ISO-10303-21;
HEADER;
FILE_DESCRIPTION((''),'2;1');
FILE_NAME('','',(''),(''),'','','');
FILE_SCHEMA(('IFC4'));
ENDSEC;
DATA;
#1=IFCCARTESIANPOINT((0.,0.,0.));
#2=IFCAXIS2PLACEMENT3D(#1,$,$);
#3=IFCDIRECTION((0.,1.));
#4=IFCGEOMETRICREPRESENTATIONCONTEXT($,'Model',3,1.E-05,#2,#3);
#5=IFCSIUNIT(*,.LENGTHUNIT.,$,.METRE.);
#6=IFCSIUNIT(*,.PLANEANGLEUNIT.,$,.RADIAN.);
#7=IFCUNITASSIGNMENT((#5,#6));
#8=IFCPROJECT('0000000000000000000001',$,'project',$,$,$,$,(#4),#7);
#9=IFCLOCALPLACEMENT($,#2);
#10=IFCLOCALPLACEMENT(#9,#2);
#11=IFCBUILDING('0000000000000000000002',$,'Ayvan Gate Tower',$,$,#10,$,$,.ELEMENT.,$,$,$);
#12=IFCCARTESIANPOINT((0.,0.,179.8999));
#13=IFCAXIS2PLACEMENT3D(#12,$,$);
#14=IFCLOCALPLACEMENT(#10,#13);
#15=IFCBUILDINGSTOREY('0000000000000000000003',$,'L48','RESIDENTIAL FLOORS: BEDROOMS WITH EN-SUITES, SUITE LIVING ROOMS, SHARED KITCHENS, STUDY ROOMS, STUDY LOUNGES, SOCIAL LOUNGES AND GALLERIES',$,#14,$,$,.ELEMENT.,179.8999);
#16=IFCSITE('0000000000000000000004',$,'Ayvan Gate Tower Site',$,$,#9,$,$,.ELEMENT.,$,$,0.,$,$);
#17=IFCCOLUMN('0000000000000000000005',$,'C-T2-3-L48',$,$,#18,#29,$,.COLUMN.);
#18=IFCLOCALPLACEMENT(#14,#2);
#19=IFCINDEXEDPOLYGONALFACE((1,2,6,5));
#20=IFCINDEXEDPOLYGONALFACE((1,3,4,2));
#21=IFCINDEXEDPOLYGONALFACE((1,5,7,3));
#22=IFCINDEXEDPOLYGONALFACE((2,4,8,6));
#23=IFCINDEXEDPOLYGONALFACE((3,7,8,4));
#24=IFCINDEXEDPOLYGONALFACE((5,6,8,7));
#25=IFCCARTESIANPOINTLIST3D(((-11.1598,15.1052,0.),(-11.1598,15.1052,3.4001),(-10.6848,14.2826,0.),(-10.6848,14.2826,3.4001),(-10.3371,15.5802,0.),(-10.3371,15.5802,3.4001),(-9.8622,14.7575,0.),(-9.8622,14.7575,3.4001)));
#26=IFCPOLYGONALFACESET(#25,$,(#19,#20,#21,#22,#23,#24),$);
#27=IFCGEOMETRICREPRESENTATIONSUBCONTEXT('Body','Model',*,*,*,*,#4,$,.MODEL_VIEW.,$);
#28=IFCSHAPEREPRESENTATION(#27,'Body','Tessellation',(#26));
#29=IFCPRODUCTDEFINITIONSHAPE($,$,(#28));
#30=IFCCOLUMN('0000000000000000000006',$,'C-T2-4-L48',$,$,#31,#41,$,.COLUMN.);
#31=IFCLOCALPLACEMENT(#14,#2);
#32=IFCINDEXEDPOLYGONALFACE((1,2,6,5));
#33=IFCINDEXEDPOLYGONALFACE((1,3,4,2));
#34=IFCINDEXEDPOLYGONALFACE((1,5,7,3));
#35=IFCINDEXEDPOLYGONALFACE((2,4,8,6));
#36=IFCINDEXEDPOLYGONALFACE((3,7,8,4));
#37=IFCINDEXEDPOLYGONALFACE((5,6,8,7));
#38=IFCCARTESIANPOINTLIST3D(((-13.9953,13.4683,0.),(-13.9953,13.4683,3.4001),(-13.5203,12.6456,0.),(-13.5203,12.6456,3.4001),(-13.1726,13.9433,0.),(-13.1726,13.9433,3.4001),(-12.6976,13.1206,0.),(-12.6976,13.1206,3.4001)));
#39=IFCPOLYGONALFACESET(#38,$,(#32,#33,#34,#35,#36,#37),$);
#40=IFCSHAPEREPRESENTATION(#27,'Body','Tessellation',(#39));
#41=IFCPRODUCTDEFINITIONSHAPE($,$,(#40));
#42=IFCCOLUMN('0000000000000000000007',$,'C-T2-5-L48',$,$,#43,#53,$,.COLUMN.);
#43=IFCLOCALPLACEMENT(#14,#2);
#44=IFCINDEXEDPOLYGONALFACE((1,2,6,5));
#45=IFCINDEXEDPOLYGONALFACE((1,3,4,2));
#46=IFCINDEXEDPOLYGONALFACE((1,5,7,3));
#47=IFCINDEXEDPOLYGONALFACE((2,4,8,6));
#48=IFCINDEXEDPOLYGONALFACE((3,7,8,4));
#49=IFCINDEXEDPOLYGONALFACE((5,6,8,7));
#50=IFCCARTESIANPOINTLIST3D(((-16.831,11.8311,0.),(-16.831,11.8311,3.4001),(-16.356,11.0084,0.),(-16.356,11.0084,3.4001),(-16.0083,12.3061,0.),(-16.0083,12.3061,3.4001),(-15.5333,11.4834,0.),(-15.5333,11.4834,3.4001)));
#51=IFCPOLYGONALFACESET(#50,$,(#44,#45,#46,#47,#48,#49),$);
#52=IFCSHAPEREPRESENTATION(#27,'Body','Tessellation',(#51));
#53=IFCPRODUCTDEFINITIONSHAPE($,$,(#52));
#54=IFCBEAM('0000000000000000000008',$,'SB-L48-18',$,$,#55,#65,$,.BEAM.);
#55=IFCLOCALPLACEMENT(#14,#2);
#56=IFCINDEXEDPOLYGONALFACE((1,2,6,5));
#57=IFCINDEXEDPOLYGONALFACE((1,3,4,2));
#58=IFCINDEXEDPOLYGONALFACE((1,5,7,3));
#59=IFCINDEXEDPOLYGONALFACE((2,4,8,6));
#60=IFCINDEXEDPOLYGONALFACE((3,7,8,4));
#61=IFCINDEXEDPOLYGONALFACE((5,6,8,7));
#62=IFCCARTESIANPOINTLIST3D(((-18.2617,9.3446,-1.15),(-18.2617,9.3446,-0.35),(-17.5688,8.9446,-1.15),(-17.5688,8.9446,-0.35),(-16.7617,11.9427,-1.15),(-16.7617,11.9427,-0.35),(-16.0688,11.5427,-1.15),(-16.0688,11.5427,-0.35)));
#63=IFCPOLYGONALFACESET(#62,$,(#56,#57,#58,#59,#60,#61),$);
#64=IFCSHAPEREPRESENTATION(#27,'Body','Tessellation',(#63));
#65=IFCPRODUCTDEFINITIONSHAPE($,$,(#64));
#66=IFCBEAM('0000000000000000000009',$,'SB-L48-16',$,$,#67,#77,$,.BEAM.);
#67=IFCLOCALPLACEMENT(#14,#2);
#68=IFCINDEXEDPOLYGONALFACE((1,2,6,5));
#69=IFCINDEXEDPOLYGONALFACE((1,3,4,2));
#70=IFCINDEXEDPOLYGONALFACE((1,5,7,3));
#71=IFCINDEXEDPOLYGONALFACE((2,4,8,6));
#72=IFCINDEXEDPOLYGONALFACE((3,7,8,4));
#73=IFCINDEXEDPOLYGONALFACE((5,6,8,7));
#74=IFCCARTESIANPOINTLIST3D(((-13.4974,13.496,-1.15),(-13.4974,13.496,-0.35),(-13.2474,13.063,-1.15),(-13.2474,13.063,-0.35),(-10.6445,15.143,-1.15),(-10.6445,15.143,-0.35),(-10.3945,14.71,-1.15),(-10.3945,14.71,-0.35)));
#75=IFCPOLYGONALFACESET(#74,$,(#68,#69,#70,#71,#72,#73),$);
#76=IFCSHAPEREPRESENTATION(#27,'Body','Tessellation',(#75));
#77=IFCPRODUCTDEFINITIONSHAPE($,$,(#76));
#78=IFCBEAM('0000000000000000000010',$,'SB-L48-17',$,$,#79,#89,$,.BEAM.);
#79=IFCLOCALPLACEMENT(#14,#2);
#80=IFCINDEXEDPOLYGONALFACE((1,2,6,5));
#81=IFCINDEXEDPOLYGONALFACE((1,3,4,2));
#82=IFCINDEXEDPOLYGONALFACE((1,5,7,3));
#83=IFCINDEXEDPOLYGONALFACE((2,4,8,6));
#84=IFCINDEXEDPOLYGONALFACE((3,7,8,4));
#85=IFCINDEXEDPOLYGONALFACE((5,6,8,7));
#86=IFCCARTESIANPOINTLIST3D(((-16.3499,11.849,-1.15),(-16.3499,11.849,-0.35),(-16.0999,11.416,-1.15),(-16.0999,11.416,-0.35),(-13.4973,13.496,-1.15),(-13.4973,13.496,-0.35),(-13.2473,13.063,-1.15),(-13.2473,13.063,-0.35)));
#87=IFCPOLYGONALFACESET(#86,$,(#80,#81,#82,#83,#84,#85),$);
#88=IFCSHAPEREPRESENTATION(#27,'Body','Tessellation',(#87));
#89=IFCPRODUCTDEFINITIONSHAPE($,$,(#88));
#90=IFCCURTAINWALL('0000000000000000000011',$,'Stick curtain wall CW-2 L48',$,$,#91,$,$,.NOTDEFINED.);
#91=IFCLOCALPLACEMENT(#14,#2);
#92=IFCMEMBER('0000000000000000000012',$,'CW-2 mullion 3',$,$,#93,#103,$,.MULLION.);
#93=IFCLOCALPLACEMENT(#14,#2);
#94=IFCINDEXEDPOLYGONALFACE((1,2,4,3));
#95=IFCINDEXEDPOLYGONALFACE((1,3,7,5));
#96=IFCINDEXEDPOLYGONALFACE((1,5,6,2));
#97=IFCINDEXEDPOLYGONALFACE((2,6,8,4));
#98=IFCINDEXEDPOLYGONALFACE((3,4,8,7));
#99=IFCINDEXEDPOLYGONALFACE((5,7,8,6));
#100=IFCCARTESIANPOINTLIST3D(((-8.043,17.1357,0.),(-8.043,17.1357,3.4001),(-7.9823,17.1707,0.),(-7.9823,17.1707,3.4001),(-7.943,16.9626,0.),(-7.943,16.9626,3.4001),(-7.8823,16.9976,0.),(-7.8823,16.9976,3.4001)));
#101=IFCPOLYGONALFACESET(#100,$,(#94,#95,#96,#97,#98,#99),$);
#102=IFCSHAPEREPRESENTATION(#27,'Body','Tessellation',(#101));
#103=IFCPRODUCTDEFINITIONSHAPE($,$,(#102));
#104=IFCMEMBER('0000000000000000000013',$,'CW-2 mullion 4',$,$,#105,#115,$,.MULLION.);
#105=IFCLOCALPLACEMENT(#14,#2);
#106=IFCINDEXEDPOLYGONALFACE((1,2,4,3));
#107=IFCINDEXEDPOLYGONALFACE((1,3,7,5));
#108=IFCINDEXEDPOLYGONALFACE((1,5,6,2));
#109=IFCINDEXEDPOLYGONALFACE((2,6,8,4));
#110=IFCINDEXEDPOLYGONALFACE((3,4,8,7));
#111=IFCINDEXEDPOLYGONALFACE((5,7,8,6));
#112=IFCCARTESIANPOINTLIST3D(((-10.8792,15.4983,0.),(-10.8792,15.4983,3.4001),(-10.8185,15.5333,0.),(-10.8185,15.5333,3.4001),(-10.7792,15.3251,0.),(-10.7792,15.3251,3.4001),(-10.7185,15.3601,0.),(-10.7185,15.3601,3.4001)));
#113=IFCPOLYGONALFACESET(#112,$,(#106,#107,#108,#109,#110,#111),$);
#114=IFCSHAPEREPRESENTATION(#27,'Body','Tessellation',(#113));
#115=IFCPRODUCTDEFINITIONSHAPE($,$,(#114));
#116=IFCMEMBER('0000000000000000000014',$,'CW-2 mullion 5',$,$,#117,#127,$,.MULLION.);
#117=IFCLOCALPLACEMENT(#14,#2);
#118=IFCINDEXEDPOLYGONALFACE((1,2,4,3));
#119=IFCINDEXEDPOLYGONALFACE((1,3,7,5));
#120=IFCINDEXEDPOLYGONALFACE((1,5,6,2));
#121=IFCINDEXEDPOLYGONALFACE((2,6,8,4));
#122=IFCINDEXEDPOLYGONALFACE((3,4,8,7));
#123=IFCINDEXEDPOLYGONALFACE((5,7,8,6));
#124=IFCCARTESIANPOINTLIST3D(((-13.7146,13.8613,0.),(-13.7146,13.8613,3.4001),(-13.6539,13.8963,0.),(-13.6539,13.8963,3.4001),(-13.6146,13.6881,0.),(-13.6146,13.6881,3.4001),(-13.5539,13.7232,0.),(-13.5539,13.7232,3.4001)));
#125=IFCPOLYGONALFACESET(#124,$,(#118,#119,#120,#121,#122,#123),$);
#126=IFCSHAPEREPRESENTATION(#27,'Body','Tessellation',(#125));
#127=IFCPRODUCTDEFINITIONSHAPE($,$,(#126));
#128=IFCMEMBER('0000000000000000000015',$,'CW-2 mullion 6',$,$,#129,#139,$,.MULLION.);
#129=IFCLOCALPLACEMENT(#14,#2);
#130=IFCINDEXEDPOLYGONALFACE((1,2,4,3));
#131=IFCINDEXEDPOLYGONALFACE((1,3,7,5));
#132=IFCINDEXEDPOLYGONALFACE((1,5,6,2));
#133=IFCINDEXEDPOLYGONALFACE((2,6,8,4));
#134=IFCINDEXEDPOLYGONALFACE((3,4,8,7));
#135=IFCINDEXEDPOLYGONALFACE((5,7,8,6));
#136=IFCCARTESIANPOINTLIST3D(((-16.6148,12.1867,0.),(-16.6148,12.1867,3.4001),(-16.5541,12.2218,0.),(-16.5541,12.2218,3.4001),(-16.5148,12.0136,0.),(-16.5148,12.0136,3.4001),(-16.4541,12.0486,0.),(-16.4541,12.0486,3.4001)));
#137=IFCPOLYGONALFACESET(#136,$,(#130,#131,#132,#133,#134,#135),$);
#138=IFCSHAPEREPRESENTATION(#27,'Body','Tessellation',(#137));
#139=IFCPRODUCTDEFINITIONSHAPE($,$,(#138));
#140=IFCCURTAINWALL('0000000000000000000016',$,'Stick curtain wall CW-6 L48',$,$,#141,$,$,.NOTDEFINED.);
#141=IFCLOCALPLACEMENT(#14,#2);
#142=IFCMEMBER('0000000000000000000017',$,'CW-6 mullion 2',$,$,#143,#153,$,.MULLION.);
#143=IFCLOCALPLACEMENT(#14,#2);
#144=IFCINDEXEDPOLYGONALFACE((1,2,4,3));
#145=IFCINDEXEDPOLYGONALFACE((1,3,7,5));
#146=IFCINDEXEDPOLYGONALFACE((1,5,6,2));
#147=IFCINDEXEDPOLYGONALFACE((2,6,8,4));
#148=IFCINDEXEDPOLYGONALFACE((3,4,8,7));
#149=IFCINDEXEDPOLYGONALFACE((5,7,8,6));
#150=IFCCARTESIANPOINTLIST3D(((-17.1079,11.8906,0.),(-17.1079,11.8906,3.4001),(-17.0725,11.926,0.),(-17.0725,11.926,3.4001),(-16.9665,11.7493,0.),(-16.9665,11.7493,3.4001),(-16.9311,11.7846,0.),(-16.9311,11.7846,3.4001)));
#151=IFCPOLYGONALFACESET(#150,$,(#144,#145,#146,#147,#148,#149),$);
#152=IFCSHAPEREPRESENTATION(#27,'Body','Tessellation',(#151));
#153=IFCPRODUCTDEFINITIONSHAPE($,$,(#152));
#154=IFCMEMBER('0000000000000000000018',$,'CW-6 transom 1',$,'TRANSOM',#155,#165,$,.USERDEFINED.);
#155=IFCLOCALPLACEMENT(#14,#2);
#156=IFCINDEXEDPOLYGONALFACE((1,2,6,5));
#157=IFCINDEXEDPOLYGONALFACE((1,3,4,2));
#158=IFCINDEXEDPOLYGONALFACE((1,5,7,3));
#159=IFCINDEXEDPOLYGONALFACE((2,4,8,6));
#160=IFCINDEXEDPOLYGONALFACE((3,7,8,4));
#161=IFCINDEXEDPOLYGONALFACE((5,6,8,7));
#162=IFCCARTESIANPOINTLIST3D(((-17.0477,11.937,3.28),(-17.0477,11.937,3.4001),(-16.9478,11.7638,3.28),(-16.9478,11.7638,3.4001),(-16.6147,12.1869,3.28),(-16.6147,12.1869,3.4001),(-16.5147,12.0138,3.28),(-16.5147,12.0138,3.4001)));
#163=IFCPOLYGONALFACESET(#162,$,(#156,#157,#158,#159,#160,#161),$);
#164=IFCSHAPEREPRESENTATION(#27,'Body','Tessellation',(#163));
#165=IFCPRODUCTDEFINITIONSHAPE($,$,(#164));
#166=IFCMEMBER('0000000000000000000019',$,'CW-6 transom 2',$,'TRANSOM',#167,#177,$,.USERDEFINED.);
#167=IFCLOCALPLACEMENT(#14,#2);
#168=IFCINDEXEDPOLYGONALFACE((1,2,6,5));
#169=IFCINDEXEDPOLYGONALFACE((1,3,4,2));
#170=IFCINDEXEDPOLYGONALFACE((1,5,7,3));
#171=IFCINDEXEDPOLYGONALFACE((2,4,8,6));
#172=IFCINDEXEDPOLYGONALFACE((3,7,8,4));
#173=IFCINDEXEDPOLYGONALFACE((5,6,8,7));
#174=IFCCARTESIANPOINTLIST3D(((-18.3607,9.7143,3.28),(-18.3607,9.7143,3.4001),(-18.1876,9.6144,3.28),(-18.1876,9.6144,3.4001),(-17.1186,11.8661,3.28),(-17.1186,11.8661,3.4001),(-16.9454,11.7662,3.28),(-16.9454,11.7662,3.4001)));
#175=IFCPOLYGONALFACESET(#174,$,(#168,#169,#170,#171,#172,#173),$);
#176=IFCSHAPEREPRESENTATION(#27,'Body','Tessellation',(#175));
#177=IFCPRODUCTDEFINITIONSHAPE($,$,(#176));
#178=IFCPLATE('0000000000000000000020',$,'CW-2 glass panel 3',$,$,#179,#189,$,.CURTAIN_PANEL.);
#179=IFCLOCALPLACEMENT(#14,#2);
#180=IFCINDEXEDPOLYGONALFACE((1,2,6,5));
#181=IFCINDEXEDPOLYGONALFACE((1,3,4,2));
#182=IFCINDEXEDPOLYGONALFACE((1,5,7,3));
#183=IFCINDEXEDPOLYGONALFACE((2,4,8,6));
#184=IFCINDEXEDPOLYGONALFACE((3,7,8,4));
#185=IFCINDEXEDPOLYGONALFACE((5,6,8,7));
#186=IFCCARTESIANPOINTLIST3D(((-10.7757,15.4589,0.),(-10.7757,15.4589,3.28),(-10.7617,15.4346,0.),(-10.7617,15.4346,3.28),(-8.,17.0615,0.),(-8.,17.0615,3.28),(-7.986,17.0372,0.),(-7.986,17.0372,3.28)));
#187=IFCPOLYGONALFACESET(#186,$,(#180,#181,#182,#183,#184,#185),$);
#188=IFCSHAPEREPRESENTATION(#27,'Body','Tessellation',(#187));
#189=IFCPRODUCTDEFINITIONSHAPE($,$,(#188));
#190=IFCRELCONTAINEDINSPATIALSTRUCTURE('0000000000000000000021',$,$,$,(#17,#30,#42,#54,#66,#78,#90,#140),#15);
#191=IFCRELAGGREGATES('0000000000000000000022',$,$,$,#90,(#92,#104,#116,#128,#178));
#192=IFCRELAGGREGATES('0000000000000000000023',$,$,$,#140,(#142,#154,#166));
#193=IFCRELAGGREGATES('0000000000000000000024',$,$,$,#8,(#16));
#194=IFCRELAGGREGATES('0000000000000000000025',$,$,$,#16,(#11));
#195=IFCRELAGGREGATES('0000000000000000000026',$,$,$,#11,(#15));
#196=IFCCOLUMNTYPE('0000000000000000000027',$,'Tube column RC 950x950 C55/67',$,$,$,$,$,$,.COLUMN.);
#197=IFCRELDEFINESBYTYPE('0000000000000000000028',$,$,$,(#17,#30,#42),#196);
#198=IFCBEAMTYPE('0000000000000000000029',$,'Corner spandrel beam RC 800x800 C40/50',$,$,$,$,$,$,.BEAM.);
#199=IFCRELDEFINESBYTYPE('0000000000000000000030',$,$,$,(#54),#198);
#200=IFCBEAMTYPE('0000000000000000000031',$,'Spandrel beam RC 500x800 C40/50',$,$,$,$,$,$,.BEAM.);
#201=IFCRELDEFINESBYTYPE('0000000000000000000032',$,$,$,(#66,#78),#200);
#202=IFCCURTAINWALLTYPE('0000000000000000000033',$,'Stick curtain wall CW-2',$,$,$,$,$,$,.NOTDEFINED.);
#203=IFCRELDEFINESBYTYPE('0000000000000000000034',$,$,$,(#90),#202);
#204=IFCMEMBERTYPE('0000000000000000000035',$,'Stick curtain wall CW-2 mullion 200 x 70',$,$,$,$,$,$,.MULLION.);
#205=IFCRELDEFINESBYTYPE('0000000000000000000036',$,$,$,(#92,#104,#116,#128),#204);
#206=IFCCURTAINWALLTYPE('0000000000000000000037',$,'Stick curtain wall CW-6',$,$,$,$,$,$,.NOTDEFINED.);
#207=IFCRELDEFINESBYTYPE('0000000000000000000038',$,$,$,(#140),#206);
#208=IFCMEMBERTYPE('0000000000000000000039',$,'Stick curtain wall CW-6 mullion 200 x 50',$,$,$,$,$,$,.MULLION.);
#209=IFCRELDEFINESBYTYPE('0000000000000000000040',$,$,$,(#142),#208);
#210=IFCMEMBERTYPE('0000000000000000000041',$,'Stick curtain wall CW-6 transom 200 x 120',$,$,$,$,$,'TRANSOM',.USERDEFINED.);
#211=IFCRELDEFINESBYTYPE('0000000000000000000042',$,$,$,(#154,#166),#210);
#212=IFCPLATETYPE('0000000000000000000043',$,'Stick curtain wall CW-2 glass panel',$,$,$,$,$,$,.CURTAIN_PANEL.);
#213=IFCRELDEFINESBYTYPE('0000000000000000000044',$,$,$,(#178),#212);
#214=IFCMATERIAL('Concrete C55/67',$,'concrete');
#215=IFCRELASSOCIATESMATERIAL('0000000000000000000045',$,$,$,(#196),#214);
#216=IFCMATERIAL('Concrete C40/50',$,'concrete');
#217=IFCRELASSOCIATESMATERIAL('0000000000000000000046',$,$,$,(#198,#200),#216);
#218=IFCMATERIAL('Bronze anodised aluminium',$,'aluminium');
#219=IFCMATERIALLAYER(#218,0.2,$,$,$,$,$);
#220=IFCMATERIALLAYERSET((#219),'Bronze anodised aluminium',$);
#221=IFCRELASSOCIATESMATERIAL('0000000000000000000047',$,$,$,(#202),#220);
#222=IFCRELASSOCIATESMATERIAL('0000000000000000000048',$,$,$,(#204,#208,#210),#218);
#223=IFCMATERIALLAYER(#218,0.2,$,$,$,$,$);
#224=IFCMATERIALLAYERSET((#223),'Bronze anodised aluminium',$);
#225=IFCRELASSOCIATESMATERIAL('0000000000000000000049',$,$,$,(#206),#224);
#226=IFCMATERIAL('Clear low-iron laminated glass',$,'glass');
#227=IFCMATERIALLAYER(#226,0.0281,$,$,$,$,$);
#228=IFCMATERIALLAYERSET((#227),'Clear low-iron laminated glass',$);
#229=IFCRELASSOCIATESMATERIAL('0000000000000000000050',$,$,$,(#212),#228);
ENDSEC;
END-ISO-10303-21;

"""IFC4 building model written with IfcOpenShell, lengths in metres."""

from ifc_helpers import new_model, si_unit, direction, frame, origin, origin_2d, place, context, subcontext, project, spatial, rectangle, extrude, material, layer, layer_set, material_profile, profile_set, type_object, element, aggregate, save


model = new_model("IFC4")

# Units and contexts
model_context = context("Model", 3, precision=1e-05, world=origin(), true_north=direction((0.0, 1.0)))
body_context = subcontext(model_context, "Body", "Model", "MODEL_VIEW")
ifc_project = project(units=[si_unit("LENGTHUNIT", "METRE"), si_unit("PLANEANGLEUNIT", "RADIAN")], contexts=[model_context])

# Site, building, storey
site_placement = place(None, origin())
site = spatial("IfcSite", under=ifc_project, at=site_placement, Name="Ayvan Gate Tower Site", CompositionType="ELEMENT", RefElevation=0.0)
building_placement = place(site_placement, origin())
building = spatial("IfcBuilding", under=site, at=building_placement, Name="Ayvan Gate Tower", CompositionType="ELEMENT")
storey_placement = place(building_placement, frame((0.0, 0.0, 179.8999)))
storey = spatial("IfcBuildingStorey", under=building, at=storey_placement, Name="L48", Description="RESIDENTIAL FLOORS: BEDROOMS WITH EN-SUITES, SUITE LIVING ROOMS, SHARED KITCHENS, STUDY ROOMS, STUDY LOUNGES, SOCIAL LOUNGES AND GALLERIES", CompositionType="ELEMENT", Elevation=179.8999)

# Columns
ifc_material_1 = material(Name="Concrete C55/67", Category="concrete")
ifc_material_profile_1 = material_profile(ifc_material_1, rectangle(XDim=0.95, YDim=0.95, at=origin_2d()), Name="RC 950x950")
ifc_profile_set_1 = profile_set([ifc_material_profile_1], Name="Concrete C55/67")
column_type = type_object("IfcColumnType", Name="Tube column RC 950x950 C55/67", PredefinedType="COLUMN", material=ifc_profile_set_1)
for number, where, z_axis, x_axis, name in (
    (1, (-10.511, 14.9314, 0.0), (0.0, 0.0, 1.0), (-0.5, 0.866025, 0.0), "C-T2-3-L48"),
    (2, (-13.3464, 13.2944, 0.0), (0.0, 0.0, 1.0), (-0.5, 0.866025, 0.0), "C-T2-4-L48"),
    (3, (-16.1821, 11.6572, 0.0), (0.0, 0.0, 1.0), (-0.5, 0.866025, 0.0), "C-T2-5-L48"),
):
    element("IfcColumn", number, at=place(storey_placement, frame(where, z_axis=z_axis, x_axis=x_axis)), inside=storey, type_object=column_type, Name=name, PredefinedType="COLUMN", context=body_context, shape_type="SweptSolid", body=[
        extrude(rectangle(XDim=0.95, YDim=0.95, at=origin_2d()), origin(), (0.0, 0.0, 1.0), 3.4001),
    ])

# Beams
ifc_material_2 = material(Name="Concrete C40/50", Category="concrete")
ifc_material_profile_2 = material_profile(ifc_material_2, rectangle(XDim=0.8, YDim=0.8, at=origin_2d()), Name="RC 800x800")
ifc_profile_set_2 = profile_set([ifc_material_profile_2], Name="Concrete C40/50")
beam_type_1 = type_object("IfcBeamType", Name="Corner spandrel beam RC 800x800 C40/50", PredefinedType="BEAM", material=ifc_profile_set_2)
beam_1_placement = place(storey_placement, frame((-16.4153, 11.7427, -0.75), z_axis=(-0.49999, -0.866031, 0.0), x_axis=(0.866031, -0.49999, 0.0)))
element("IfcBeam", 4, at=beam_1_placement, inside=storey, type_object=beam_type_1, Name="SB-L48-18", PredefinedType="BEAM", context=body_context, shape_type="SweptSolid", body=[
    extrude(rectangle(XDim=0.8, YDim=0.8, at=origin_2d()), origin(), (0.0, 0.0, 1.0), 3.0),
])
ifc_material_profile_3 = material_profile(ifc_material_2, rectangle(XDim=0.5, YDim=0.8, at=origin_2d()), Name="RC 500x800")
ifc_profile_set_3 = profile_set([ifc_material_profile_3], Name="Concrete C40/50")
beam_type_2 = type_object("IfcBeamType", Name="Spandrel beam RC 500x800 C40/50", PredefinedType="BEAM", material=ifc_profile_set_3)
beam_2_placement = place(storey_placement, frame((-10.5195, 14.9265, -0.75), z_axis=(-0.866036, -0.499981, 0.0), x_axis=(0.499981, -0.866036, 0.0)))
element("IfcBeam", 5, at=beam_2_placement, inside=storey, type_object=beam_type_2, Name="SB-L48-16", PredefinedType="BEAM", context=body_context, shape_type="SweptSolid", body=[
    extrude(rectangle(XDim=0.5, YDim=0.8, at=origin_2d()), origin(), (0.0, 0.0, 1.0), 3.2942),
])
beam_3_placement = place(storey_placement, frame((-13.3723, 13.2795, -0.75), z_axis=(-0.866018, -0.500013, 0.0), x_axis=(0.500013, -0.866018, 0.0)))
element("IfcBeam", 6, at=beam_3_placement, inside=storey, type_object=beam_type_2, Name="SB-L48-17", PredefinedType="BEAM", context=body_context, shape_type="SweptSolid", body=[
    extrude(rectangle(XDim=0.5, YDim=0.8, at=origin_2d()), origin(), (0.0, 0.0, 1.0), 3.2939),
])

# Curtain walls, members
ifc_material_3 = material(Name="Bronze anodised aluminium", Category="aluminium")
ifc_layer_1 = layer(ifc_material_3, 0.2)
ifc_layer_set_1 = layer_set([ifc_layer_1], Name="Bronze anodised aluminium")
curtain_wall_type_1 = type_object("IfcCurtainWallType", Name="Stick curtain wall CW-2", PredefinedType="NOTDEFINED", material=ifc_layer_set_1)
curtain_wall_1_placement = place(storey_placement, origin())
curtain_wall_1 = element("IfcCurtainWall", 7, at=curtain_wall_1_placement, inside=storey, type_object=curtain_wall_type_1, Name="Stick curtain wall CW-2 L48", PredefinedType="NOTDEFINED")
ifc_material_profile_4 = material_profile(ifc_material_3, rectangle(XDim=0.2, YDim=0.0701, at=origin_2d()), Name="Stick curtain wall CW-2 mullion 200 x 70")
ifc_profile_set_4 = profile_set([ifc_material_profile_4], Name="Bronze anodised aluminium")
member_type_1 = type_object("IfcMemberType", Name="Stick curtain wall CW-2 mullion 200 x 70", PredefinedType="MULLION", material=ifc_profile_set_4)
member_1_placement = place(storey_placement, frame((-7.9626, 17.0667, 0.0), z_axis=(0.0, 0.0, 1.0), x_axis=(-0.5, 0.866025, 0.0)))
member_1 = element("IfcMember", 8, at=member_1_placement, type_object=member_type_1, Name="CW-2 mullion 3", PredefinedType="MULLION", context=body_context, shape_type="SweptSolid", body=[
    extrude(rectangle(XDim=0.2, YDim=0.0701, at=origin_2d()), origin(), (0.0, 0.0, 1.0), 3.4001),
])
member_2_placement = place(storey_placement, frame((-10.7988, 15.4292, 0.0), z_axis=(0.0, 0.0, 1.0), x_axis=(-0.5, 0.866025, 0.0)))
member_2 = element("IfcMember", 9, at=member_2_placement, type_object=member_type_1, Name="CW-2 mullion 4", PredefinedType="MULLION", context=body_context, shape_type="SweptSolid", body=[
    extrude(rectangle(XDim=0.2, YDim=0.0701, at=origin_2d()), origin(), (0.0, 0.0, 1.0), 3.4001),
])
member_3_placement = place(storey_placement, frame((-13.6343, 13.7922, 0.0), z_axis=(0.0, 0.0, 1.0), x_axis=(-0.5, 0.866025, 0.0)))
member_3 = element("IfcMember", 10, at=member_3_placement, type_object=member_type_1, Name="CW-2 mullion 5", PredefinedType="MULLION", context=body_context, shape_type="SweptSolid", body=[
    extrude(rectangle(XDim=0.2, YDim=0.0701, at=origin_2d()), origin(), (0.0, 0.0, 1.0), 3.4001),
])
member_4_placement = place(storey_placement, frame((-16.5344, 12.1177, 0.0), z_axis=(0.0, 0.0, 1.0), x_axis=(-0.5, 0.866025, 0.0)))
member_4 = element("IfcMember", 11, at=member_4_placement, type_object=member_type_1, Name="CW-2 mullion 6", PredefinedType="MULLION", context=body_context, shape_type="SweptSolid", body=[
    extrude(rectangle(XDim=0.2, YDim=0.0701, at=origin_2d()), origin(), (0.0, 0.0, 1.0), 3.4001),
])
ifc_layer_2 = layer(ifc_material_3, 0.2)
ifc_layer_set_2 = layer_set([ifc_layer_2], Name="Bronze anodised aluminium")
curtain_wall_type_2 = type_object("IfcCurtainWallType", Name="Stick curtain wall CW-6", PredefinedType="NOTDEFINED", material=ifc_layer_set_2)
curtain_wall_2_placement = place(storey_placement, origin())
curtain_wall_2 = element("IfcCurtainWall", 12, at=curtain_wall_2_placement, inside=storey, type_object=curtain_wall_type_2, Name="Stick curtain wall CW-6 L48", PredefinedType="NOTDEFINED")
ifc_material_profile_5 = material_profile(ifc_material_3, rectangle(XDim=0.2, YDim=0.05, at=origin_2d()), Name="Stick curtain wall CW-6 mullion 200 x 50")
ifc_profile_set_5 = profile_set([ifc_material_profile_5], Name="Bronze anodised aluminium")
member_type_2 = type_object("IfcMemberType", Name="Stick curtain wall CW-6 mullion 200 x 50", PredefinedType="MULLION", material=ifc_profile_set_5)
member_5_placement = place(storey_placement, frame((-17.0195, 11.8376, 0.0), z_axis=(0.0, 0.0, 1.0), x_axis=(-0.707107, 0.707107, 0.0)))
member_5 = element("IfcMember", 13, at=member_5_placement, type_object=member_type_2, Name="CW-6 mullion 2", PredefinedType="MULLION", context=body_context, shape_type="SweptSolid", body=[
    extrude(rectangle(XDim=0.2, YDim=0.05, at=origin_2d()), origin(), (0.0, 0.0, 1.0), 3.4001),
])
ifc_material_profile_6 = material_profile(ifc_material_3, rectangle(XDim=0.2, YDim=0.1201, at=origin_2d()), Name="Stick curtain wall CW-6 transom 200 x 120")
ifc_profile_set_6 = profile_set([ifc_material_profile_6], Name="Bronze anodised aluminium")
member_type_3 = type_object("IfcMemberType", Name="Stick curtain wall CW-6 transom 200 x 120", ElementType="TRANSOM", PredefinedType="USERDEFINED", material=ifc_profile_set_6)
member_6_placement = place(storey_placement, frame((-16.5647, 12.1003, 3.3401), z_axis=(-0.866072, -0.49992, 0.0), x_axis=(0.49992, -0.866072, 0.0)))
member_6 = element("IfcMember", 14, at=member_6_placement, type_object=member_type_3, Name="CW-6 transom 1", ObjectType="TRANSOM", PredefinedType="USERDEFINED", context=body_context, shape_type="SweptSolid", body=[
    extrude(rectangle(XDim=0.2, YDim=0.1201, at=origin_2d()), origin(), (0.0, 0.0, 1.0), 0.5),
])
member_7_placement = place(storey_placement, frame((-17.032, 11.8162, 3.3401), z_axis=(-0.499944, -0.866058, 0.0), x_axis=(0.866058, -0.499944, 0.0)))
member_7 = element("IfcMember", 15, at=member_7_placement, type_object=member_type_3, Name="CW-6 transom 2", ObjectType="TRANSOM", PredefinedType="USERDEFINED", context=body_context, shape_type="SweptSolid", body=[
    extrude(rectangle(XDim=0.2, YDim=0.1201, at=origin_2d()), origin(), (0.0, 0.0, 1.0), 2.4846),
])

# Plate
ifc_material_4 = material(Name="Clear low-iron laminated glass", Category="glass")
ifc_layer_3 = layer(ifc_material_4, 0.0281)
ifc_layer_set_3 = layer_set([ifc_layer_3], Name="Clear low-iron laminated glass")
plate_type_1 = type_object("IfcPlateType", Name="Stick curtain wall CW-2 glass panel", PredefinedType="CURTAIN_PANEL", material=ifc_layer_set_3)
plate_1_placement = place(storey_placement, frame((-9.3809, 16.248, 0.0), z_axis=(0.0, 0.0, 1.0), x_axis=(-0.866025, -0.5, 0.0)))
plate_1 = element("IfcPlate", 16, at=plate_1_placement, type_object=plate_type_1, Name="CW-2 glass panel 3", PredefinedType="CURTAIN_PANEL", context=body_context, shape_type="SweptSolid", body=[
    extrude(rectangle(XDim=3.2051, YDim=0.0281, at=origin_2d()), origin(), (0.0, 0.0, 1.0), 3.28),
])
aggregate(curtain_wall_1, [member_1, member_2, member_3, member_4, plate_1])
aggregate(curtain_wall_2, [member_5, member_6, member_7])

save(model, "model.ifc")
